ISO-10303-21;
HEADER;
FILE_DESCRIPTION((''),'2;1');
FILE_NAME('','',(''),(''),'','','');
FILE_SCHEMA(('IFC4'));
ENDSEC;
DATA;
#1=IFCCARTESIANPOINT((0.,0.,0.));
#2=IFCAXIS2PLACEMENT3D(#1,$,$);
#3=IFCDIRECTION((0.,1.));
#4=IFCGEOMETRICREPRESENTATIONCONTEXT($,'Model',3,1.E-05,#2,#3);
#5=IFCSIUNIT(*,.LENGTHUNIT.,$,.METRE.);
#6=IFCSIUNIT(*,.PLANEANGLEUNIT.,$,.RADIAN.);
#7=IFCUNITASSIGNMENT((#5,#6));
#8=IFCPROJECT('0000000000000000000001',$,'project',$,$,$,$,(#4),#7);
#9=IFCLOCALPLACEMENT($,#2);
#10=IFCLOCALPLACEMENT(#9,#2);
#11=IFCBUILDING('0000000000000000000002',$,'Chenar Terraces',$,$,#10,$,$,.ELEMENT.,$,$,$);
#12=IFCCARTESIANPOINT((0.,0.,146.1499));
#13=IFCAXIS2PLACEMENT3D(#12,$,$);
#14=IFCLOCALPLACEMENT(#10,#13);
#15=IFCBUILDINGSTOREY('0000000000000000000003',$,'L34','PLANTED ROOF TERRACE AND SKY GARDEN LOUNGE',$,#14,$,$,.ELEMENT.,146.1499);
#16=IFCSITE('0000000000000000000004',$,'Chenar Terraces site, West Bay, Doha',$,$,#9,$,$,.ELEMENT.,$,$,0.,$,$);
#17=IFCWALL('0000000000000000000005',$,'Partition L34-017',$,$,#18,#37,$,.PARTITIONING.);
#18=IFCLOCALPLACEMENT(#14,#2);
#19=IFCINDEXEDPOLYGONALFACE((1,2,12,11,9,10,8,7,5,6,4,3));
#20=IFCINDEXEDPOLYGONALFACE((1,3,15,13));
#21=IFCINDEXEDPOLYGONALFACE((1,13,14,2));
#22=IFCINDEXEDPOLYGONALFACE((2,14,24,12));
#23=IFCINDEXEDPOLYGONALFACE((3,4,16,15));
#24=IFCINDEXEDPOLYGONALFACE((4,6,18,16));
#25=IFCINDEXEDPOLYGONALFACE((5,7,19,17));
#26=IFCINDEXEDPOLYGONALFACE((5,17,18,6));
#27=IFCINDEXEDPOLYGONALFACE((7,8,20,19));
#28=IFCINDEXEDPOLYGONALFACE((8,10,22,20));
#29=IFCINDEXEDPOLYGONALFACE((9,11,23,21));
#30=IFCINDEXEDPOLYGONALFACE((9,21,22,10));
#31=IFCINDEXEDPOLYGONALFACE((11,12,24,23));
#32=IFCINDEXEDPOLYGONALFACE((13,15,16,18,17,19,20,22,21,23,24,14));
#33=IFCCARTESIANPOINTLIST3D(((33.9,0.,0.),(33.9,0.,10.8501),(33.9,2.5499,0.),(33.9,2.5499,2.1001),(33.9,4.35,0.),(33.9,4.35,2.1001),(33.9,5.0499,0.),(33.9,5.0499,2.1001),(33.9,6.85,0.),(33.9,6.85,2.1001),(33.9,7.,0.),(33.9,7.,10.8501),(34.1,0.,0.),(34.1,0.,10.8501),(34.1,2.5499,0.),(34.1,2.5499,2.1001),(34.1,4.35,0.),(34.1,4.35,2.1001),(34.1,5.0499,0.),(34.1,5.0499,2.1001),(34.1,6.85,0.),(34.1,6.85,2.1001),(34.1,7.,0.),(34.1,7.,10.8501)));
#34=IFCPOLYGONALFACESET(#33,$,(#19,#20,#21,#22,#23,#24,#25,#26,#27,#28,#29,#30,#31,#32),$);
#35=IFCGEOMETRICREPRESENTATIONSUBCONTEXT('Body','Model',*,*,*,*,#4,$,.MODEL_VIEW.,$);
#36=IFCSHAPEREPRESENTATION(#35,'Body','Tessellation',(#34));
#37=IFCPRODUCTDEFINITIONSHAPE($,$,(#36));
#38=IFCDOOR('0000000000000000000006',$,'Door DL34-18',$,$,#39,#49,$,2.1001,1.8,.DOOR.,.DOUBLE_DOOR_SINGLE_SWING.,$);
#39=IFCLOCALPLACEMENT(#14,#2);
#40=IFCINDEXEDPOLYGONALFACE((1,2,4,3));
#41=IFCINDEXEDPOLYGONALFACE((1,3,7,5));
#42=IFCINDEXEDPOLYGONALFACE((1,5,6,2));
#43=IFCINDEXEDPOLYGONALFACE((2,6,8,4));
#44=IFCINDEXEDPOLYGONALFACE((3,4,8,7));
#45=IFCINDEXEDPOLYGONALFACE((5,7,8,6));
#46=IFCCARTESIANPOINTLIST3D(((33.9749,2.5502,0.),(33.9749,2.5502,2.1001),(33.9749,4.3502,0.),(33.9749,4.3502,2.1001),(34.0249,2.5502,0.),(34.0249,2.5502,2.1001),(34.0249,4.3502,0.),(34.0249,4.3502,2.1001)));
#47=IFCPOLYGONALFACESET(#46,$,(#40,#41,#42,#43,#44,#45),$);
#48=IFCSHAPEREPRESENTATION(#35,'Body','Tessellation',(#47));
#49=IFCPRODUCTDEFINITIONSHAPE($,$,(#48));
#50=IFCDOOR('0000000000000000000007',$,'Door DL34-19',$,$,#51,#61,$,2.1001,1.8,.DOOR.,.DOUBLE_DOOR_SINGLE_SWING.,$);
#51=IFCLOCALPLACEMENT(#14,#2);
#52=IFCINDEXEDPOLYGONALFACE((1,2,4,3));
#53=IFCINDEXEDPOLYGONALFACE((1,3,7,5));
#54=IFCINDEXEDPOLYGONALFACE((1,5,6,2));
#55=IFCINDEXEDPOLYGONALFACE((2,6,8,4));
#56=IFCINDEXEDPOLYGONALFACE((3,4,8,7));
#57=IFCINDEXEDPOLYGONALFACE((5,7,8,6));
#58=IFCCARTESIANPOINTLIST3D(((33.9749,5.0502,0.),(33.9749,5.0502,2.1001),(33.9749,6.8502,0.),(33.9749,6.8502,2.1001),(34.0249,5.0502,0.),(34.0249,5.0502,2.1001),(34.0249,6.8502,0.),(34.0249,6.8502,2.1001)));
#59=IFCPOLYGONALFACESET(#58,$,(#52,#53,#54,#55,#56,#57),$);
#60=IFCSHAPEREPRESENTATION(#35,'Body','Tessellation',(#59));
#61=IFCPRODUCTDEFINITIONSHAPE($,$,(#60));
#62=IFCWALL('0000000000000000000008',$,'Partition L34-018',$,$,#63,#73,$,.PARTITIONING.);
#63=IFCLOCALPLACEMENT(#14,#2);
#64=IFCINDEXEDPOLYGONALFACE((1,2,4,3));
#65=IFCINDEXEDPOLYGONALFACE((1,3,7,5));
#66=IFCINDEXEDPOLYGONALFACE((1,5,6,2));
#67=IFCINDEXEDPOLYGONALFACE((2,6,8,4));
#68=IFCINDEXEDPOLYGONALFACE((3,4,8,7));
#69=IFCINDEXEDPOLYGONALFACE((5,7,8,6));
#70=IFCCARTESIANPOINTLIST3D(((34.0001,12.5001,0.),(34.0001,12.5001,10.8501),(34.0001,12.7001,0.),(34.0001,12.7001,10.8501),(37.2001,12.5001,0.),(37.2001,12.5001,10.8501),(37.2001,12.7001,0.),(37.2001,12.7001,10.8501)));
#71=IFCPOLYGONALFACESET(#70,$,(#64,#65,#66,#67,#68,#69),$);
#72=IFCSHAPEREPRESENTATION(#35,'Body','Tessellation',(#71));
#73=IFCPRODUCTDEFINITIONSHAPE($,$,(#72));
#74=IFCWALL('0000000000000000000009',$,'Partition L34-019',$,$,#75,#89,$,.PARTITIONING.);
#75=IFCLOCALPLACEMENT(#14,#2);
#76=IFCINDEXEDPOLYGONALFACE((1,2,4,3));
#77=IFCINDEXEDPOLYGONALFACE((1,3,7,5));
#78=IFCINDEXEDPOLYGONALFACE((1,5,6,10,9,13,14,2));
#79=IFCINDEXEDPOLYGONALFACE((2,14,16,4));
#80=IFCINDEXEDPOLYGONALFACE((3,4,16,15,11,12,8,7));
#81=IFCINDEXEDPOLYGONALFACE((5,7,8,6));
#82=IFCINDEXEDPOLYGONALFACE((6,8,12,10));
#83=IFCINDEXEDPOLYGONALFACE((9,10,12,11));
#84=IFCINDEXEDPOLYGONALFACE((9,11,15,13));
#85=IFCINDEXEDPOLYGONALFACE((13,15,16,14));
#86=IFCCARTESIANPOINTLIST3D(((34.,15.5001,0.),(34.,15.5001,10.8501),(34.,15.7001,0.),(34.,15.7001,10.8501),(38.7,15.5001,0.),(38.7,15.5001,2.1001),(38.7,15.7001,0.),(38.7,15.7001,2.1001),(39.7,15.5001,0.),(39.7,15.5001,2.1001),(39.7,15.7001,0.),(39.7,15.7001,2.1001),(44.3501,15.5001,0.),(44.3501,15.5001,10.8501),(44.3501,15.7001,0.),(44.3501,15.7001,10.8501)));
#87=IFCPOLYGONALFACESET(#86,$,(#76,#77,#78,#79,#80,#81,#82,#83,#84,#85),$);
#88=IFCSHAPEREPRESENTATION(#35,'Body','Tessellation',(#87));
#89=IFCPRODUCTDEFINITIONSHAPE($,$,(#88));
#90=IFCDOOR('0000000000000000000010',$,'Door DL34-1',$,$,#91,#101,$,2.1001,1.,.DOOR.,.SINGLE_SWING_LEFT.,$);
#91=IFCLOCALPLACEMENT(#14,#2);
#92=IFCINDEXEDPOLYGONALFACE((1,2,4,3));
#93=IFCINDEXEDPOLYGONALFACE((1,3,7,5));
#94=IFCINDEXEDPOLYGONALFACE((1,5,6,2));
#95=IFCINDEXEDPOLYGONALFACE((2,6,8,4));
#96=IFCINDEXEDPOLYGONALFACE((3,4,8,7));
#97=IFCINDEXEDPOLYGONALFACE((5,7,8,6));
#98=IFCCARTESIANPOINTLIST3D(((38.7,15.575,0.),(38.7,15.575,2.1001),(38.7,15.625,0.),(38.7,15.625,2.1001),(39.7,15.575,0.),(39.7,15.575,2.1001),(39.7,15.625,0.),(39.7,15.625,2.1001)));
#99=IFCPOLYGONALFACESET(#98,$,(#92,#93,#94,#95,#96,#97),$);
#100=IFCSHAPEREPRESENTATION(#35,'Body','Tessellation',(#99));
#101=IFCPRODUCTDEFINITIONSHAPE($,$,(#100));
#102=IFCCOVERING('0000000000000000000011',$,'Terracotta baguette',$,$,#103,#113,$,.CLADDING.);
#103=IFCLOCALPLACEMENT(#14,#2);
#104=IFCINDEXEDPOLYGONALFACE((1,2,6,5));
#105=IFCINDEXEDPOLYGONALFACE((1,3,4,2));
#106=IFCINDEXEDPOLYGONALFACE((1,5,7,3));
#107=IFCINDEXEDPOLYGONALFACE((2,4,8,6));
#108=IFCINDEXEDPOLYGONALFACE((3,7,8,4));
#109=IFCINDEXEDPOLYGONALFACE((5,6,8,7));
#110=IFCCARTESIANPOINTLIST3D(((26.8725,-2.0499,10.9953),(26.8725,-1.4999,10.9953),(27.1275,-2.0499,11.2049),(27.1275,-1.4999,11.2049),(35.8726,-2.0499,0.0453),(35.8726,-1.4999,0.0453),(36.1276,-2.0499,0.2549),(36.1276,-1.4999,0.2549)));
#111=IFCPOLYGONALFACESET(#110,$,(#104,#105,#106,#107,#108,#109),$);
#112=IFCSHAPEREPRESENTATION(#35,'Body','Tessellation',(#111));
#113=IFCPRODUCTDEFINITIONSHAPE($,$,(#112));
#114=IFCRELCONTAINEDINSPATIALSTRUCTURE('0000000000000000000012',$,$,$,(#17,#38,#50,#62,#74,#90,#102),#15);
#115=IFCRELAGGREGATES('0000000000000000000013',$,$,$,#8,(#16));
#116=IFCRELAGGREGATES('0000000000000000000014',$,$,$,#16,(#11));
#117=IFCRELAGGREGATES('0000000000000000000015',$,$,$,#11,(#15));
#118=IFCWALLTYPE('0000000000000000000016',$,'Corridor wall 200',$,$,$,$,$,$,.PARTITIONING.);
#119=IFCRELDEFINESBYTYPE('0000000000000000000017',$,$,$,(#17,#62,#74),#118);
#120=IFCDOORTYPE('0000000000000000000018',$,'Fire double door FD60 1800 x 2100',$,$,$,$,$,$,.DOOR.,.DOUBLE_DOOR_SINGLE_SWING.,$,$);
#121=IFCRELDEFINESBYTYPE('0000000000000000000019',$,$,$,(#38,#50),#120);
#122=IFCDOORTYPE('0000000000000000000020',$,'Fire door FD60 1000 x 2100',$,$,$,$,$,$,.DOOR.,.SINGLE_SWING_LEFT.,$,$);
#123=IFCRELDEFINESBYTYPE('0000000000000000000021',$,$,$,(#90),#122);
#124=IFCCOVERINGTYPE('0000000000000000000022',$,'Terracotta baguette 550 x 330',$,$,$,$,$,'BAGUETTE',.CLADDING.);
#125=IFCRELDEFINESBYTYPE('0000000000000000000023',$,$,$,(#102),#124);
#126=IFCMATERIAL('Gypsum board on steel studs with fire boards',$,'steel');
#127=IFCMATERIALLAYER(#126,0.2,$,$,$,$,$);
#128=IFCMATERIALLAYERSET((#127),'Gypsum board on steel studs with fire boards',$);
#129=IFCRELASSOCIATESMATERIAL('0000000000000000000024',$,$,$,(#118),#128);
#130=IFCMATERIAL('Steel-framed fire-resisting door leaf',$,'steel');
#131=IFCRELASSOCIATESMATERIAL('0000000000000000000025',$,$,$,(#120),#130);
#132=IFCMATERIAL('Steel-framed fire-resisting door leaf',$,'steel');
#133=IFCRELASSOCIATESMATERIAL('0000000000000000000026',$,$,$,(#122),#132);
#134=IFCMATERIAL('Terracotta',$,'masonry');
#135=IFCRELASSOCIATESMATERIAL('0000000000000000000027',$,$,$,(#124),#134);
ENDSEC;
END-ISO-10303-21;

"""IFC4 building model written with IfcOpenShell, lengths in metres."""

from ifc_helpers import new_model, si_unit, direction, frame, frame_2d, origin, origin_2d, place, context, subcontext, project, spatial, rectangle, extrude, material, layer, layer_set, material_profile, profile_set, type_object, element, fill, save


model = new_model("IFC4")

# Units and contexts
model_context = context("Model", 3, precision=1e-05, world=origin(), true_north=direction((0.0, 1.0)))
body_context = subcontext(model_context, "Body", "Model", "MODEL_VIEW")
ifc_project = project(units=[si_unit("LENGTHUNIT", "METRE"), si_unit("PLANEANGLEUNIT", "RADIAN")], contexts=[model_context])

# Site, building, storey
site_placement = place(None, origin())
site = spatial("IfcSite", under=ifc_project, at=site_placement, Name="Chenar Terraces site, West Bay, Doha", CompositionType="ELEMENT", RefElevation=0.0)
building_placement = place(site_placement, origin())
building = spatial("IfcBuilding", under=site, at=building_placement, Name="Chenar Terraces", CompositionType="ELEMENT")
storey_placement = place(building_placement, frame((0.0, 0.0, 146.1499)))
storey = spatial("IfcBuildingStorey", under=building, at=storey_placement, Name="L34", Description="PLANTED ROOF TERRACE AND SKY GARDEN LOUNGE", CompositionType="ELEMENT", Elevation=146.1499)

# Wall, openings, doors
ifc_material_1 = material(Name="Gypsum board on steel studs with fire boards", Category="steel")
ifc_layer_1 = layer(ifc_material_1, 0.2)
ifc_layer_set_1 = layer_set([ifc_layer_1], Name="Gypsum board on steel studs with fire boards")
wall_type_1 = type_object("IfcWallType", Name="Corridor wall 200", PredefinedType="PARTITIONING", material=ifc_layer_set_1)
wall_1_placement = place(storey_placement, frame((34.0, 0.0, 0.0), z_axis=(0.0, 0.0, 1.0), x_axis=(0.0, 1.0, 0.0)))
wall_1 = element("IfcWall", 1, at=wall_1_placement, inside=storey, type_object=wall_type_1, Name="Partition L34-017", PredefinedType="PARTITIONING", context=body_context, shape_type="SweptSolid", body=[
    extrude(rectangle(XDim=7.0, YDim=0.2, at=frame_2d((3.5, 0.0))), origin(), (0.0, 0.0, 1.0), 10.8501),
])
opening_1_placement = place(wall_1_placement, frame((2.55, 0.0, 0.0)))
opening_1 = element("IfcOpeningElement", 2, at=opening_1_placement, cuts=wall_1, PredefinedType="OPENING", context=body_context, shape_type="SweptSolid", body=[
    extrude(rectangle(XDim=1.8, YDim=2.1001, at=frame_2d((0.8999, 1.05))), frame((0.0, 0.1099, 0.0), z_axis=(0.0, -1.0, 0.0), x_axis=(1.0, 0.0, 0.0)), (0.0, 0.0, 1.0), 0.22),
])
opening_2_placement = place(wall_1_placement, frame((5.05, 0.0, 0.0)))
opening_2 = element("IfcOpeningElement", 3, at=opening_2_placement, cuts=wall_1, PredefinedType="OPENING", context=body_context, shape_type="SweptSolid", body=[
    extrude(rectangle(XDim=1.8, YDim=2.1001, at=frame_2d((0.8999, 1.05))), frame((0.0, 0.1099, 0.0), z_axis=(0.0, -1.0, 0.0), x_axis=(1.0, 0.0, 0.0)), (0.0, 0.0, 1.0), 0.22),
])
ifc_material_2 = material(Name="Steel-framed fire-resisting door leaf", Category="steel")
door_type_1 = type_object("IfcDoorType", Name="Fire double door FD60 1800 x 2100", OperationType="DOUBLE_DOOR_SINGLE_SWING", PredefinedType="DOOR", material=ifc_material_2)
door_1_placement = place(opening_1_placement, frame((1.8, 0.0, 0.0), z_axis=(0.0, 0.0, 1.0), x_axis=(-1.0, 0.0, 0.0)))
door_1 = element("IfcDoor", 4, at=door_1_placement, inside=storey, type_object=door_type_1, Name="Door DL34-18", OperationType="DOUBLE_DOOR_SINGLE_SWING", OverallHeight=2.1001, OverallWidth=1.8, PredefinedType="DOOR", context=body_context, shape_type="SweptSolid", body=[
    extrude(rectangle(XDim=1.8, YDim=2.1001, at=frame_2d((0.8999, 1.05))), frame((0.0, 0.0249, 0.0), z_axis=(0.0, -1.0, 0.0), x_axis=(1.0, 0.0, 0.0)), (0.0, 0.0, 1.0), 0.05),
])
fill(opening_1, door_1)
door_2_placement = place(opening_2_placement, frame((1.8, 0.0, 0.0), z_axis=(0.0, 0.0, 1.0), x_axis=(-1.0, 0.0, 0.0)))
door_2 = element("IfcDoor", 5, at=door_2_placement, inside=storey, type_object=door_type_1, Name="Door DL34-19", OperationType="DOUBLE_DOOR_SINGLE_SWING", OverallHeight=2.1001, OverallWidth=1.8, PredefinedType="DOOR", context=body_context, shape_type="SweptSolid", body=[
    extrude(rectangle(XDim=1.8, YDim=2.1001, at=frame_2d((0.8999, 1.05))), frame((0.0, 0.0249, 0.0), z_axis=(0.0, -1.0, 0.0), x_axis=(1.0, 0.0, 0.0)), (0.0, 0.0, 1.0), 0.05),
])
fill(opening_2, door_2)

# Wall
wall_2_placement = place(storey_placement, frame((34.0, 12.6001, 0.0), z_axis=(0.0, 0.0, 1.0), x_axis=(1.0, 0.0, 0.0)))
element("IfcWall", 6, at=wall_2_placement, inside=storey, type_object=wall_type_1, Name="Partition L34-018", PredefinedType="PARTITIONING", context=body_context, shape_type="SweptSolid", body=[
    extrude(rectangle(XDim=3.2, YDim=0.2, at=frame_2d((1.6001, 0.0))), origin(), (0.0, 0.0, 1.0), 10.8501),
])

# Wall, opening, door
wall_3_placement = place(storey_placement, frame((34.0, 15.6001, 0.0), z_axis=(0.0, 0.0, 1.0), x_axis=(1.0, 0.0, 0.0)))
wall_3 = element("IfcWall", 7, at=wall_3_placement, inside=storey, type_object=wall_type_1, Name="Partition L34-019", PredefinedType="PARTITIONING", context=body_context, shape_type="SweptSolid", body=[
    extrude(rectangle(XDim=10.3501, YDim=0.2, at=frame_2d((5.175, 0.0))), origin(), (0.0, 0.0, 1.0), 10.8501),
])
opening_3_placement = place(wall_3_placement, frame((4.7, 0.0, 0.0)))
opening_3 = element("IfcOpeningElement", 8, at=opening_3_placement, cuts=wall_3, PredefinedType="OPENING", context=body_context, shape_type="SweptSolid", body=[
    extrude(rectangle(XDim=1.0, YDim=2.1001, at=frame_2d((0.5, 1.05))), frame((0.0, 0.1099, 0.0), z_axis=(0.0, -1.0, 0.0), x_axis=(1.0, 0.0, 0.0)), (0.0, 0.0, 1.0), 0.22),
])
ifc_material_3 = material(Name="Steel-framed fire-resisting door leaf", Category="steel")
door_type_2 = type_object("IfcDoorType", Name="Fire door FD60 1000 x 2100", OperationType="SINGLE_SWING_LEFT", PredefinedType="DOOR", material=ifc_material_3)
door_3_placement = place(opening_3_placement, origin())
door_3 = element("IfcDoor", 9, at=door_3_placement, inside=storey, type_object=door_type_2, Name="Door DL34-1", OperationType="SINGLE_SWING_LEFT", OverallHeight=2.1001, OverallWidth=1.0, PredefinedType="DOOR", context=body_context, shape_type="SweptSolid", body=[
    extrude(rectangle(XDim=1.0, YDim=2.1001, at=frame_2d((0.5, 1.05))), frame((0.0, 0.0249, 0.0), z_axis=(0.0, -1.0, 0.0), x_axis=(1.0, 0.0, 0.0)), (0.0, 0.0, 1.0), 0.05),
])
fill(opening_3, door_3)

# Covering
ifc_material_4 = material(Name="Terracotta", Category="masonry")
ifc_material_profile_1 = material_profile(ifc_material_4, rectangle(XDim=0.55, YDim=0.3301, at=origin_2d()), Name="Terracotta baguette 550 x 330")
ifc_profile_set_1 = profile_set([ifc_material_profile_1], Name="Terracotta")
covering_type = type_object("IfcCoveringType", Name="Terracotta baguette 550 x 330", ElementType="BAGUETTE", PredefinedType="CLADDING", material=ifc_profile_set_1)
covering_placement = place(storey_placement, frame((27.0, -1.7749, 11.1001), z_axis=(0.634967, 0.0, -0.772539), x_axis=(0.0, 1.0, 0.0)))
element("IfcCovering", 10, at=covering_placement, inside=storey, type_object=covering_type, Name="Terracotta baguette", PredefinedType="CLADDING", context=body_context, shape_type="SweptSolid", body=[
    extrude(rectangle(XDim=0.55, YDim=0.3301, at=origin_2d()), origin(), (0.0, 0.0, 1.0), 14.1741),
])

save(model, "model.ifc")
